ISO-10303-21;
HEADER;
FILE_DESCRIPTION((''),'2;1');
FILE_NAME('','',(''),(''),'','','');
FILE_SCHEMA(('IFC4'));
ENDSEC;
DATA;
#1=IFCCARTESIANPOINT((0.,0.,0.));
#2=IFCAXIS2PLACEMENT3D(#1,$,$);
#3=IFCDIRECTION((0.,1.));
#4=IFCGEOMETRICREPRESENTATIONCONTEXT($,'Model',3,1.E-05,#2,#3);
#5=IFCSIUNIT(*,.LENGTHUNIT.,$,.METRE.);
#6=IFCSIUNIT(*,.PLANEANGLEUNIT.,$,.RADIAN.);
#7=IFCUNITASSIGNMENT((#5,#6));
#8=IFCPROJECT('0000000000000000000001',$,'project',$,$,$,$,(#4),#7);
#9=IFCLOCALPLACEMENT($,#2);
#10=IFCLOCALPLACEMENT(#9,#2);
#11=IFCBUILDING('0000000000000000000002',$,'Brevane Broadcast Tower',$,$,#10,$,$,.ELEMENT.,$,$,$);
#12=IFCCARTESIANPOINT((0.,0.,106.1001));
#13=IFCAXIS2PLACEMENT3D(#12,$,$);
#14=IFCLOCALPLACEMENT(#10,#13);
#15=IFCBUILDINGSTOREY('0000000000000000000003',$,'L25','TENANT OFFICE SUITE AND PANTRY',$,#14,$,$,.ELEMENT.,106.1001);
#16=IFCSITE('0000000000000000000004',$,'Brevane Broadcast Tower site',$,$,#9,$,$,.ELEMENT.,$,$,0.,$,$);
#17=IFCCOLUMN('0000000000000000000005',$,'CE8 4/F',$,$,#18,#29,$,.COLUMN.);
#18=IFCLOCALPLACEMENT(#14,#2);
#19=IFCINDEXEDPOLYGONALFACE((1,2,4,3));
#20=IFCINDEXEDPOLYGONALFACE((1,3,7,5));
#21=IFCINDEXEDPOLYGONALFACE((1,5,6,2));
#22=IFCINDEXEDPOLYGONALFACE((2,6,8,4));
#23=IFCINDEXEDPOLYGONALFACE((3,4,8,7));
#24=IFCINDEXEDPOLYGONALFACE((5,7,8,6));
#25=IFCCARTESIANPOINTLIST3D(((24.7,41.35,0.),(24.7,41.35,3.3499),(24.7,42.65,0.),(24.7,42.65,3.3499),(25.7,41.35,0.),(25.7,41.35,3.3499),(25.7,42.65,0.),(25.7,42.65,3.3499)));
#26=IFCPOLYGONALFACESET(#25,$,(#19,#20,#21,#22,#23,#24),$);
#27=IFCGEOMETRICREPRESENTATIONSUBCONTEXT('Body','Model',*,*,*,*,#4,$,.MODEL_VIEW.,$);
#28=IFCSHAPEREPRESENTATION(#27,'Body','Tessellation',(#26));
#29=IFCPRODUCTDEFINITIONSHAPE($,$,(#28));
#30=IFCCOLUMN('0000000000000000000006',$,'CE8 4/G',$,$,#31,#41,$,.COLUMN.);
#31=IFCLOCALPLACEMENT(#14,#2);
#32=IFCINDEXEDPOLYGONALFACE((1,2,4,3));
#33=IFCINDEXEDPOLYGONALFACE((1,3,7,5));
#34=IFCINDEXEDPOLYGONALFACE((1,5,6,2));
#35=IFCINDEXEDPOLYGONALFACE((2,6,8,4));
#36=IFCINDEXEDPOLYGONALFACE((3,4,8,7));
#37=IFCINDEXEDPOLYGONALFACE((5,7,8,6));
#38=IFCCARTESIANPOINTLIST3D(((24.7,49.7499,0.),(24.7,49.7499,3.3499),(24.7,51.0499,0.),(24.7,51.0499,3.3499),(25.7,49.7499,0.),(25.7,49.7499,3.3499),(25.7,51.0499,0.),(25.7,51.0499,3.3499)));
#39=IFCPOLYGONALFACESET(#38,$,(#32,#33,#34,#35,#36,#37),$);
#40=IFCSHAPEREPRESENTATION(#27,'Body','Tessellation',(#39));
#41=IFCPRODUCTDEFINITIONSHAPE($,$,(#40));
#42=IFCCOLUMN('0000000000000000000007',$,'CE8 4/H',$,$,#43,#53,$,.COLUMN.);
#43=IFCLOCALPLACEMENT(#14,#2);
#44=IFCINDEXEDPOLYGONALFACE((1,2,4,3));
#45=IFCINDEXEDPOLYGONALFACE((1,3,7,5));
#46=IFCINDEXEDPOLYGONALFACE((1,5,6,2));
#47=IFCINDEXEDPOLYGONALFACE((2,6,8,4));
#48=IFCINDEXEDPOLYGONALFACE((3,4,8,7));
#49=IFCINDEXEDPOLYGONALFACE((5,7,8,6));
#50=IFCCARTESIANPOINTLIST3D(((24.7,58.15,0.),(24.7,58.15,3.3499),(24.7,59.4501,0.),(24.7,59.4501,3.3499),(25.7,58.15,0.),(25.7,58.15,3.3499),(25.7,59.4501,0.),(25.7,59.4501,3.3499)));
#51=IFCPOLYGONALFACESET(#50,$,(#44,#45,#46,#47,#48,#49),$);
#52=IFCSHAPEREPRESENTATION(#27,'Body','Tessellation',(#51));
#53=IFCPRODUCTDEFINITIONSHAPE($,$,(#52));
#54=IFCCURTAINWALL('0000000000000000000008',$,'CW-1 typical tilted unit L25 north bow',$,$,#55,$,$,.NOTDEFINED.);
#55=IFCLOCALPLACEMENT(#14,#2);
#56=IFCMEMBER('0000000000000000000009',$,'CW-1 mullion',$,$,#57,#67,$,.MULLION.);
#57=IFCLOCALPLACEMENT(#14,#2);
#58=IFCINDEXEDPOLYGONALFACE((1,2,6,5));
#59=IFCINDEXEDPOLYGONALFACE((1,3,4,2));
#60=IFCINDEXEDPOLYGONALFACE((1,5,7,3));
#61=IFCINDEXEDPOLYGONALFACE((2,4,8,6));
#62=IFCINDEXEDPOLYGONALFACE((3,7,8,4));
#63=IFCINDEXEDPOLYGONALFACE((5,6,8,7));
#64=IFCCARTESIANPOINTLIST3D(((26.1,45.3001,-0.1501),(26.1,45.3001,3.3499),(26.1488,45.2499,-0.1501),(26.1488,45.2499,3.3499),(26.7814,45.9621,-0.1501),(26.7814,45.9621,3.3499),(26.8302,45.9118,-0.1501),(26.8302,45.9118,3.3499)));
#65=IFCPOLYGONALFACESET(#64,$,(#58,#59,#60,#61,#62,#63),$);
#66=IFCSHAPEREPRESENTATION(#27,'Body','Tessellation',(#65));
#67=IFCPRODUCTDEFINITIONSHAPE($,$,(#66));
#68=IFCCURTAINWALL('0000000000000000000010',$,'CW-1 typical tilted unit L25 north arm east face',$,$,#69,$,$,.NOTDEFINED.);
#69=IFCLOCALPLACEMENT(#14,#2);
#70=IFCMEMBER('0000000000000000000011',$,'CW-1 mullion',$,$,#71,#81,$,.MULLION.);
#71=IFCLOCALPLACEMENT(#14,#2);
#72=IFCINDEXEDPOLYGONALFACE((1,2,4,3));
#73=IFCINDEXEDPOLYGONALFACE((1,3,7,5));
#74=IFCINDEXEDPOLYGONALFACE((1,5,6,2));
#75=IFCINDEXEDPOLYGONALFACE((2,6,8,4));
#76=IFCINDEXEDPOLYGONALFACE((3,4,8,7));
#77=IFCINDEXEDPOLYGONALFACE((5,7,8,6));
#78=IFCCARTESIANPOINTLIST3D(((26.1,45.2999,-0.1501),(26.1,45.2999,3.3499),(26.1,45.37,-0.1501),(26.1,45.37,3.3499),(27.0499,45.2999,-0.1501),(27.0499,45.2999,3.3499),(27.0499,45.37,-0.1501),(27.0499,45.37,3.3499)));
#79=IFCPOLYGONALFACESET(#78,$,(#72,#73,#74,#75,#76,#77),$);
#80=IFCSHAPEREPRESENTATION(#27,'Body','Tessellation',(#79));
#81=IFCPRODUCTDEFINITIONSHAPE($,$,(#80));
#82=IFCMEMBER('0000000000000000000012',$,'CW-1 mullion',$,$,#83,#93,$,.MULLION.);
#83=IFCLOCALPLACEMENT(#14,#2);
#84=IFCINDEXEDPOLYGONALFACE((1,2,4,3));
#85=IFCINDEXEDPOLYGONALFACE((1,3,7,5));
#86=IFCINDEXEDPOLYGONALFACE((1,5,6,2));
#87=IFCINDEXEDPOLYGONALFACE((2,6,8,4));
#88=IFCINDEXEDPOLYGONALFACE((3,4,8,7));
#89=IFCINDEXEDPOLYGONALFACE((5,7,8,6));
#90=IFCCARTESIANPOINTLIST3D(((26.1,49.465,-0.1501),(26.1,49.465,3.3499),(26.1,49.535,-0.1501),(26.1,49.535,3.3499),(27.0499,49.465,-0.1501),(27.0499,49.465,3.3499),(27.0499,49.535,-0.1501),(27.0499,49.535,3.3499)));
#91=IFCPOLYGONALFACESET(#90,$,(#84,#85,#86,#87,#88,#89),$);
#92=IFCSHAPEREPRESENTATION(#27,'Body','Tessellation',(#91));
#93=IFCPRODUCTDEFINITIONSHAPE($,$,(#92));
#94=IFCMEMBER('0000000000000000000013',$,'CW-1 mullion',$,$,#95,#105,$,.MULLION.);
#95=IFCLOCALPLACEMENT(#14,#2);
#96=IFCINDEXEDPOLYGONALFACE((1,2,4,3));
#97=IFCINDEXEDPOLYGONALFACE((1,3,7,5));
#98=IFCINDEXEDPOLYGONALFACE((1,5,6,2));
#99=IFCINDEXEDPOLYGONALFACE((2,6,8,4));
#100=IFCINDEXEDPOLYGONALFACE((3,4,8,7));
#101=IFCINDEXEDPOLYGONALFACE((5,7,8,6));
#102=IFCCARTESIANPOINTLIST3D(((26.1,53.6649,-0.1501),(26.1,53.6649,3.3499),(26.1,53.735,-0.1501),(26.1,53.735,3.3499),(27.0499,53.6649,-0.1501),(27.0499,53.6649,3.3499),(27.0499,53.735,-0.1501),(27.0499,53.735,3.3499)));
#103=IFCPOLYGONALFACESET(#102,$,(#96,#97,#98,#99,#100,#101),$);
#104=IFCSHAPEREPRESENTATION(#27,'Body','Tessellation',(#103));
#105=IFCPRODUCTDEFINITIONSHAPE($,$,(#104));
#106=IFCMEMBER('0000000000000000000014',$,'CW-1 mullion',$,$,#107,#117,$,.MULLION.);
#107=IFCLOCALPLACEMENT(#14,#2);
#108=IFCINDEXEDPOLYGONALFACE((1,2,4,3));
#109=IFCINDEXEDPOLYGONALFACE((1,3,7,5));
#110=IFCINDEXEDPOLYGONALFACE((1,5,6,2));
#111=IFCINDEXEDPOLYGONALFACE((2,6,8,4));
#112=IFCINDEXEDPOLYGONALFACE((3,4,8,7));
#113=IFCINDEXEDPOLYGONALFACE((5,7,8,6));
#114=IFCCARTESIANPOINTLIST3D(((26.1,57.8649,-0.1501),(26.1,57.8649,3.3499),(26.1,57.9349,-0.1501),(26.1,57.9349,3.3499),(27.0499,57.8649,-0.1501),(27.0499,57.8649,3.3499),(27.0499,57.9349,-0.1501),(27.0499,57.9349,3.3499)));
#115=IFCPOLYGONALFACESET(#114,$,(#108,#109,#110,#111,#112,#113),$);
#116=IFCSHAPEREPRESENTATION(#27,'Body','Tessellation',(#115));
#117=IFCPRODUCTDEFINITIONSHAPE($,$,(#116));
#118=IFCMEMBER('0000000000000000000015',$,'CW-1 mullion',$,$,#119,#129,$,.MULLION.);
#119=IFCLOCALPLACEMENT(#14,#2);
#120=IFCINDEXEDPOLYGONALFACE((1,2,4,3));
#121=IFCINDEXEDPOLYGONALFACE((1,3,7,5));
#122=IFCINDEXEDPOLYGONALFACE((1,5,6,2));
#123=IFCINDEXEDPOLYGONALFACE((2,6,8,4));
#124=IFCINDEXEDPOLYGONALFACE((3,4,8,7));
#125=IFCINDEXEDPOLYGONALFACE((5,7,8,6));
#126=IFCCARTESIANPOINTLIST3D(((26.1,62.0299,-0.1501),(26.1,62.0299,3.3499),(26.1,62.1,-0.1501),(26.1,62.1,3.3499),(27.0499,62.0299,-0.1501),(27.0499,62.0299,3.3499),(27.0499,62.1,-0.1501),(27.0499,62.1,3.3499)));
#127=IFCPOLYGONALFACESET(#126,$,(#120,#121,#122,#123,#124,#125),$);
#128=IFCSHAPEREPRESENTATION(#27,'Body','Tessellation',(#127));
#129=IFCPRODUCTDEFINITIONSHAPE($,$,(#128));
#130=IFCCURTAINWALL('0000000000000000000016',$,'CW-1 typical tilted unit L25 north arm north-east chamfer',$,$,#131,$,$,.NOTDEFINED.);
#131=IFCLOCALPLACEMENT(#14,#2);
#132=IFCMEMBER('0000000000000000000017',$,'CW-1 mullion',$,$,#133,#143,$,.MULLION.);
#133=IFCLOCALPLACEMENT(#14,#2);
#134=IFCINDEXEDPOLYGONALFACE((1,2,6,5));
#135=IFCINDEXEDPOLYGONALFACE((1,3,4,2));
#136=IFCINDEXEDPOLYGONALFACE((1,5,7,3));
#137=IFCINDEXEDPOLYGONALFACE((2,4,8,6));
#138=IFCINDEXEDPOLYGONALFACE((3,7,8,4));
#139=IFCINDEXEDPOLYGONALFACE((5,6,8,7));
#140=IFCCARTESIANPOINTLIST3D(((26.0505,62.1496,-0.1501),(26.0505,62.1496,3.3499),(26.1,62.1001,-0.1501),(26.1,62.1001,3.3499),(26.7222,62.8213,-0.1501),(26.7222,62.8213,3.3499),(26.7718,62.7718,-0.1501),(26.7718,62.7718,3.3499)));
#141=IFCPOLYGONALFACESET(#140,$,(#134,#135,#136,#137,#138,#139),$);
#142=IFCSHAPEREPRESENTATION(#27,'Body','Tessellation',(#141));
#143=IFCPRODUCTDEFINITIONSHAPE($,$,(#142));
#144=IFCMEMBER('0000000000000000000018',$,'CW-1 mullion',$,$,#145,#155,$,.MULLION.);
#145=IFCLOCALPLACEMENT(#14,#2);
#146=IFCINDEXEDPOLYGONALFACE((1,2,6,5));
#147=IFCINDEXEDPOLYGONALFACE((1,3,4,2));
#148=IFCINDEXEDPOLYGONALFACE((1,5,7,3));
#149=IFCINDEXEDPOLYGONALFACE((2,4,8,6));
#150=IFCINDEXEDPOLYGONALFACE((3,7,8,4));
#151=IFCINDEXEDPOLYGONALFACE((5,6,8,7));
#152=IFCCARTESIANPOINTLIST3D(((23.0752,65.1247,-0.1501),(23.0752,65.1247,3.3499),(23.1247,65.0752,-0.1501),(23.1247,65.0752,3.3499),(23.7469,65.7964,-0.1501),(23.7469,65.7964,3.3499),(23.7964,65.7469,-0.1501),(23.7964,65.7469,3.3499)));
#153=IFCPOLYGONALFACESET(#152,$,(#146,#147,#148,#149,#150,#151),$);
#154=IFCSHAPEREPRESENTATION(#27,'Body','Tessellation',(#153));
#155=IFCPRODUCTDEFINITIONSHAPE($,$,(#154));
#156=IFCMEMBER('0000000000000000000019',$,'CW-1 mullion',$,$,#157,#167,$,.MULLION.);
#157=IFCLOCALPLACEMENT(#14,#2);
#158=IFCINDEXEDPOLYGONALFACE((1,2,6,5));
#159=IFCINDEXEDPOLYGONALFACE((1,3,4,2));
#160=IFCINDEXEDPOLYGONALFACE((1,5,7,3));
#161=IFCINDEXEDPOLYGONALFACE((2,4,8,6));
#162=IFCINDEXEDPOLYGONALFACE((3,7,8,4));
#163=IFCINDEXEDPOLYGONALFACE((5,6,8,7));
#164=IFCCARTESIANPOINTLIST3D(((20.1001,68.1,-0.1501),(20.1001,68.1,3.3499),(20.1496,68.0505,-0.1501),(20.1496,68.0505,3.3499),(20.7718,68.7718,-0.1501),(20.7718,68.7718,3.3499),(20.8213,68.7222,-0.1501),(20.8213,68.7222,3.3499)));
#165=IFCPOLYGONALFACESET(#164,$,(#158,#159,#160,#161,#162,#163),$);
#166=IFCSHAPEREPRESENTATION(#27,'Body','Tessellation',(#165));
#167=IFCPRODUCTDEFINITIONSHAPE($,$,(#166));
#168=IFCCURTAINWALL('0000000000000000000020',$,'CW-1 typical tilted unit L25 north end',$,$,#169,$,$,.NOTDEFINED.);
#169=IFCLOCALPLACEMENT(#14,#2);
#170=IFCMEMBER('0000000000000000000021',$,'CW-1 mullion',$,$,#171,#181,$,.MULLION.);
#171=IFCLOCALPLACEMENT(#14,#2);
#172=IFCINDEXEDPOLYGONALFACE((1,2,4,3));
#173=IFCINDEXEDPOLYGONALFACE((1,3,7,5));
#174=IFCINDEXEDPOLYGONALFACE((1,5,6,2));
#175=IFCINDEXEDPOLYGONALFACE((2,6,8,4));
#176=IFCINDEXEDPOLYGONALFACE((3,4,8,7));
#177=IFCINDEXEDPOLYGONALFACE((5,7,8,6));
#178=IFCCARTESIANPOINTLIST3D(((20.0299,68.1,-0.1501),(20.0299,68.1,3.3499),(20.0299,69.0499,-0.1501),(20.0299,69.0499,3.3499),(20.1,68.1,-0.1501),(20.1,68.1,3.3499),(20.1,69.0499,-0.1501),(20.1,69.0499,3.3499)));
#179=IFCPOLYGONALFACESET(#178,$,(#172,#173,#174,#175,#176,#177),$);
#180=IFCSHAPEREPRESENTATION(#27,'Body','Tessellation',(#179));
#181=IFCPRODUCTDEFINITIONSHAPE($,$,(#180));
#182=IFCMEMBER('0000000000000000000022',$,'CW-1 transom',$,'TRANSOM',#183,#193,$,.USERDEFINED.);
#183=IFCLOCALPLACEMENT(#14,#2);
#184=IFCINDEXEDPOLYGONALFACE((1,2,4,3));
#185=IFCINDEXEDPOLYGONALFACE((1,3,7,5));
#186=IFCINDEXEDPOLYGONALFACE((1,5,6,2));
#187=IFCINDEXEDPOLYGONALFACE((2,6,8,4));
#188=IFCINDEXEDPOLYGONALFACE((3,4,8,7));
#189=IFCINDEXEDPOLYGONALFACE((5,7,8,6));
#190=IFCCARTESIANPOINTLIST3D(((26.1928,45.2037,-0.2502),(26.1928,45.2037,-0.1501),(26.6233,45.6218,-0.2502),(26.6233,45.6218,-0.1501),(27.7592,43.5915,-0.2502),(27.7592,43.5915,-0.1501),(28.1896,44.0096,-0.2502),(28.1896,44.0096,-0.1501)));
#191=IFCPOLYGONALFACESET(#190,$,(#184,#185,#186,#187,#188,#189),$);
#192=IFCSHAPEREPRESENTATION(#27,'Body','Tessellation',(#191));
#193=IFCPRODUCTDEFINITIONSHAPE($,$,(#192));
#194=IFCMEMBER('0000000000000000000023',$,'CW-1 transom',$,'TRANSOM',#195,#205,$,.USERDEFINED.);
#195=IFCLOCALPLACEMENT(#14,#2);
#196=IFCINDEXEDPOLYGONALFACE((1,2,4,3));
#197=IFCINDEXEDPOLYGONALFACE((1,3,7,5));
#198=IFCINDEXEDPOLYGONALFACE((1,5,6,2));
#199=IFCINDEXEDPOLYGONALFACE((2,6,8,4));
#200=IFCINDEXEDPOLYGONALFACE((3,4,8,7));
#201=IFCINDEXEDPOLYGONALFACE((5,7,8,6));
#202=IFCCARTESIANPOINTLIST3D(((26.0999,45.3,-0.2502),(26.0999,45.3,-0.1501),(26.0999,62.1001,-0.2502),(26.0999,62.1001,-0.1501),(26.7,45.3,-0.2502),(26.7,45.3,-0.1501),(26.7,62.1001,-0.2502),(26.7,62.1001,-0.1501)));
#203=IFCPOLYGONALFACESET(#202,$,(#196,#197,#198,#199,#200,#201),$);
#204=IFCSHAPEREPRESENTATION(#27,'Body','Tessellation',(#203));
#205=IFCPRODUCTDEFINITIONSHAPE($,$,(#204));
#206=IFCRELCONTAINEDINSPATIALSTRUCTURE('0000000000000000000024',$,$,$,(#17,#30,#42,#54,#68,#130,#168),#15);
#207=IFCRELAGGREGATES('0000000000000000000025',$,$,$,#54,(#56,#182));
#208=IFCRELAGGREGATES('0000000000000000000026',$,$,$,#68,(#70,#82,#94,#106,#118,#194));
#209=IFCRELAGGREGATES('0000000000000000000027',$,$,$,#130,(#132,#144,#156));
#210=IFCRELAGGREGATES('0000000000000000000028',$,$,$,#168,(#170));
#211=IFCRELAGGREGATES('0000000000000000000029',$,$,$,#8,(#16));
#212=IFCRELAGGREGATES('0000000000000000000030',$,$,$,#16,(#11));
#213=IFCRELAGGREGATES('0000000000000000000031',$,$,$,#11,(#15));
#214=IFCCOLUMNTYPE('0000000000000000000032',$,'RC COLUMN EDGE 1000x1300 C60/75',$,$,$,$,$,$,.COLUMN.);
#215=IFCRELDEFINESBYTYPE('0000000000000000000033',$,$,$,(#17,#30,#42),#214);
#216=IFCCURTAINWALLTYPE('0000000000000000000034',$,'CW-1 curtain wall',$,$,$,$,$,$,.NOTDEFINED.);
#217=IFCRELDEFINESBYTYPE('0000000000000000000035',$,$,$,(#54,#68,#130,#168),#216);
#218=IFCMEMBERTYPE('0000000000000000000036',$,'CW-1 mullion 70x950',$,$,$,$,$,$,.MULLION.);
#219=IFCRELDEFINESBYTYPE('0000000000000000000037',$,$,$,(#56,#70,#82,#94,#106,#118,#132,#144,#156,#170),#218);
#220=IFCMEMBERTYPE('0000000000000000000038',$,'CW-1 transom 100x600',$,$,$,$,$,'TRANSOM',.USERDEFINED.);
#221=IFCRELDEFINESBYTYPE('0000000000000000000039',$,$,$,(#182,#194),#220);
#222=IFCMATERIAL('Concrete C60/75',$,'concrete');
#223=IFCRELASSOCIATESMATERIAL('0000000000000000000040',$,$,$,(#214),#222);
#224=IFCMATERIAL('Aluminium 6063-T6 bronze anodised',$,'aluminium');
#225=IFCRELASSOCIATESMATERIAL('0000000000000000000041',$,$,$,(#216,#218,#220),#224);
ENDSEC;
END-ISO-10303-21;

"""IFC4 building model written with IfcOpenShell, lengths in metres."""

from ifc_helpers import new_model, si_unit, direction, frame, origin, origin_2d, place, context, subcontext, project, spatial, rectangle, extrude, material, material_profile, profile_set, type_object, element, aggregate, save


model = new_model("IFC4")

# Units and contexts
model_context = context("Model", 3, precision=1e-05, world=origin(), true_north=direction((0.0, 1.0)))
body_context = subcontext(model_context, "Body", "Model", "MODEL_VIEW")
ifc_project = project(units=[si_unit("LENGTHUNIT", "METRE"), si_unit("PLANEANGLEUNIT", "RADIAN")], contexts=[model_context])

# Site, building, storey
site_placement = place(None, origin())
site = spatial("IfcSite", under=ifc_project, at=site_placement, Name="Brevane Broadcast Tower site", CompositionType="ELEMENT", RefElevation=0.0)
building_placement = place(site_placement, origin())
building = spatial("IfcBuilding", under=site, at=building_placement, Name="Brevane Broadcast Tower", CompositionType="ELEMENT")
storey_placement = place(building_placement, frame((0.0, 0.0, 106.1001)))
storey = spatial("IfcBuildingStorey", under=building, at=storey_placement, Name="L25", Description="TENANT OFFICE SUITE AND PANTRY", CompositionType="ELEMENT", Elevation=106.1001)

# Columns
ifc_material_1 = material(Name="Concrete C60/75", Category="concrete")
ifc_material_profile_1 = material_profile(ifc_material_1, rectangle(XDim=1.0, YDim=1.3, at=origin_2d()), Name="RC 1000x1300")
ifc_profile_set_1 = profile_set([ifc_material_profile_1], Name="Concrete C60/75")
column_type = type_object("IfcColumnType", Name="RC COLUMN EDGE 1000x1300 C60/75", PredefinedType="COLUMN", material=ifc_profile_set_1)
for number, where, z_axis, x_axis, name in (
    (1, (25.2, 42.0, 0.0), (0.0, 0.0, 1.0), (1.0, 0.0, 0.0), "CE8 4/F"),
    (2, (25.2, 50.3999, 0.0), (0.0, 0.0, 1.0), (1.0, 0.0, 0.0), "CE8 4/G"),
    (3, (25.2, 58.8, 0.0), (0.0, 0.0, 1.0), (1.0, 0.0, 0.0), "CE8 4/H"),
):
    element("IfcColumn", number, at=place(storey_placement, frame(where, z_axis=z_axis, x_axis=x_axis)), inside=storey, type_object=column_type, Name=name, PredefinedType="COLUMN", context=body_context, shape_type="SweptSolid", body=[
        extrude(rectangle(XDim=1.0, YDim=1.3, at=origin_2d()), origin(), (0.0, 0.0, 1.0), 3.3499),
    ])

# Curtain wall, member
ifc_material_2 = material(Name="Aluminium 6063-T6 bronze anodised", Category="aluminium")
curtain_wall_type = type_object("IfcCurtainWallType", Name="CW-1 curtain wall", PredefinedType="NOTDEFINED", material=ifc_material_2)
curtain_wall_1_placement = place(storey_placement, origin())
curtain_wall_1 = element("IfcCurtainWall", 4, at=curtain_wall_1_placement, inside=storey, type_object=curtain_wall_type, Name="CW-1 typical tilted unit L25 north bow", PredefinedType="NOTDEFINED")
ifc_material_profile_2 = material_profile(ifc_material_2, rectangle(XDim=0.95, YDim=0.0701, at=origin_2d()), Name="RECT 70x950")
ifc_profile_set_2 = profile_set([ifc_material_profile_2], Name="Aluminium 6063-T6 bronze anodised")
member_type_1 = type_object("IfcMemberType", Name="CW-1 mullion 70x950", PredefinedType="MULLION", material=ifc_profile_set_2)
member_1_placement = place(storey_placement, frame((26.4651, 45.606, -0.1501), z_axis=(0.0, 0.0, 1.0), x_axis=(-0.717254, -0.696812, 0.0)))
member_1 = element("IfcMember", 5, at=member_1_placement, type_object=member_type_1, Name="CW-1 mullion", PredefinedType="MULLION", context=body_context, shape_type="SweptSolid", body=[
    extrude(rectangle(XDim=0.95, YDim=0.0701, at=origin_2d()), origin(), (0.0, 0.0, 1.0), 3.5),
])

# Curtain walls, members
curtain_wall_2_placement = place(storey_placement, origin())
curtain_wall_2 = element("IfcCurtainWall", 6, at=curtain_wall_2_placement, inside=storey, type_object=curtain_wall_type, Name="CW-1 typical tilted unit L25 north arm east face", PredefinedType="NOTDEFINED")
member_2_placement = place(storey_placement, frame((26.575, 45.335, -0.1501), z_axis=(0.0, 0.0, 1.0), x_axis=(-1.0, 0.0, 0.0)))
member_2 = element("IfcMember", 7, at=member_2_placement, type_object=member_type_1, Name="CW-1 mullion", PredefinedType="MULLION", context=body_context, shape_type="SweptSolid", body=[
    extrude(rectangle(XDim=0.95, YDim=0.0701, at=origin_2d()), origin(), (0.0, 0.0, 1.0), 3.5),
])
member_3_placement = place(storey_placement, frame((26.575, 49.5, -0.1501), z_axis=(0.0, 0.0, 1.0), x_axis=(-1.0, 0.0, 0.0)))
member_3 = element("IfcMember", 8, at=member_3_placement, type_object=member_type_1, Name="CW-1 mullion", PredefinedType="MULLION", context=body_context, shape_type="SweptSolid", body=[
    extrude(rectangle(XDim=0.95, YDim=0.0701, at=origin_2d()), origin(), (0.0, 0.0, 1.0), 3.5),
])
member_4_placement = place(storey_placement, frame((26.575, 53.7, -0.1501), z_axis=(0.0, 0.0, 1.0), x_axis=(-1.0, 0.0, 0.0)))
member_4 = element("IfcMember", 9, at=member_4_placement, type_object=member_type_1, Name="CW-1 mullion", PredefinedType="MULLION", context=body_context, shape_type="SweptSolid", body=[
    extrude(rectangle(XDim=0.95, YDim=0.0701, at=origin_2d()), origin(), (0.0, 0.0, 1.0), 3.5),
])
member_5_placement = place(storey_placement, frame((26.575, 57.8999, -0.1501), z_axis=(0.0, 0.0, 1.0), x_axis=(-1.0, 0.0, 0.0)))
member_5 = element("IfcMember", 10, at=member_5_placement, type_object=member_type_1, Name="CW-1 mullion", PredefinedType="MULLION", context=body_context, shape_type="SweptSolid", body=[
    extrude(rectangle(XDim=0.95, YDim=0.0701, at=origin_2d()), origin(), (0.0, 0.0, 1.0), 3.5),
])
member_6_placement = place(storey_placement, frame((26.575, 62.0649, -0.1501), z_axis=(0.0, 0.0, 1.0), x_axis=(-1.0, 0.0, 0.0)))
member_6 = element("IfcMember", 11, at=member_6_placement, type_object=member_type_1, Name="CW-1 mullion", PredefinedType="MULLION", context=body_context, shape_type="SweptSolid", body=[
    extrude(rectangle(XDim=0.95, YDim=0.0701, at=origin_2d()), origin(), (0.0, 0.0, 1.0), 3.5),
])
curtain_wall_3_placement = place(storey_placement, origin())
curtain_wall_3 = element("IfcCurtainWall", 12, at=curtain_wall_3_placement, inside=storey, type_object=curtain_wall_type, Name="CW-1 typical tilted unit L25 north arm north-east chamfer", PredefinedType="NOTDEFINED")
member_7_placement = place(storey_placement, frame((26.4111, 62.4607, -0.1501), z_axis=(0.0, 0.0, 1.0), x_axis=(-0.707107, -0.707107, 0.0)))
member_7 = element("IfcMember", 13, at=member_7_placement, type_object=member_type_1, Name="CW-1 mullion", PredefinedType="MULLION", context=body_context, shape_type="SweptSolid", body=[
    extrude(rectangle(XDim=0.95, YDim=0.0701, at=origin_2d()), origin(), (0.0, 0.0, 1.0), 3.5),
])
member_8_placement = place(storey_placement, frame((23.4358, 65.4358, -0.1501), z_axis=(0.0, 0.0, 1.0), x_axis=(-0.707107, -0.707107, 0.0)))
member_8 = element("IfcMember", 14, at=member_8_placement, type_object=member_type_1, Name="CW-1 mullion", PredefinedType="MULLION", context=body_context, shape_type="SweptSolid", body=[
    extrude(rectangle(XDim=0.95, YDim=0.0701, at=origin_2d()), origin(), (0.0, 0.0, 1.0), 3.5),
])
member_9_placement = place(storey_placement, frame((20.4607, 68.4111, -0.1501), z_axis=(0.0, 0.0, 1.0), x_axis=(-0.707107, -0.707107, 0.0)))
member_9 = element("IfcMember", 15, at=member_9_placement, type_object=member_type_1, Name="CW-1 mullion", PredefinedType="MULLION", context=body_context, shape_type="SweptSolid", body=[
    extrude(rectangle(XDim=0.95, YDim=0.0701, at=origin_2d()), origin(), (0.0, 0.0, 1.0), 3.5),
])

# Curtain wall, member
curtain_wall_4_placement = place(storey_placement, origin())
curtain_wall_4 = element("IfcCurtainWall", 16, at=curtain_wall_4_placement, inside=storey, type_object=curtain_wall_type, Name="CW-1 typical tilted unit L25 north end", PredefinedType="NOTDEFINED")
member_10_placement = place(storey_placement, frame((20.0649, 68.575, -0.1501), z_axis=(0.0, 0.0, 1.0), x_axis=(0.0, -1.0, 0.0)))
member_10 = element("IfcMember", 17, at=member_10_placement, type_object=member_type_1, Name="CW-1 mullion", PredefinedType="MULLION", context=body_context, shape_type="SweptSolid", body=[
    extrude(rectangle(XDim=0.95, YDim=0.0701, at=origin_2d()), origin(), (0.0, 0.0, 1.0), 3.5),
])

# Members
ifc_material_profile_3 = material_profile(ifc_material_2, rectangle(XDim=0.6001, YDim=0.1001, at=origin_2d()), Name="RECT 100x600")
ifc_profile_set_3 = profile_set([ifc_material_profile_3], Name="Aluminium 6063-T6 bronze anodised")
member_type_2 = type_object("IfcMemberType", Name="CW-1 transom 100x600", ElementType="TRANSOM", PredefinedType="USERDEFINED", material=ifc_profile_set_3)
member_11_placement = place(storey_placement, frame((27.9744, 43.8005, -0.2002), z_axis=(-0.696824, 0.717242, 0.0), x_axis=(-0.717242, -0.696824, 0.0)))
member_11 = element("IfcMember", 18, at=member_11_placement, type_object=member_type_2, Name="CW-1 transom", ObjectType="TRANSOM", PredefinedType="USERDEFINED", context=body_context, shape_type="SweptSolid", body=[
    extrude(rectangle(XDim=0.6001, YDim=0.1001, at=origin_2d()), origin(), (0.0, 0.0, 1.0), 2.2478),
])
aggregate(curtain_wall_1, [member_1, member_11])
member_12_placement = place(storey_placement, frame((26.3999, 45.3, -0.2002), z_axis=(0.0, 1.0, 0.0), x_axis=(-1.0, 0.0, 0.0)))
member_12 = element("IfcMember", 19, at=member_12_placement, type_object=member_type_2, Name="CW-1 transom", ObjectType="TRANSOM", PredefinedType="USERDEFINED", context=body_context, shape_type="SweptSolid", body=[
    extrude(rectangle(XDim=0.6001, YDim=0.1001, at=origin_2d()), origin(), (0.0, 0.0, 1.0), 16.8),
])
aggregate(curtain_wall_2, [member_2, member_3, member_4, member_5, member_6, member_12])
aggregate(curtain_wall_3, [member_7, member_8, member_9])
aggregate(curtain_wall_4, [member_10])

save(model, "model.ifc")
